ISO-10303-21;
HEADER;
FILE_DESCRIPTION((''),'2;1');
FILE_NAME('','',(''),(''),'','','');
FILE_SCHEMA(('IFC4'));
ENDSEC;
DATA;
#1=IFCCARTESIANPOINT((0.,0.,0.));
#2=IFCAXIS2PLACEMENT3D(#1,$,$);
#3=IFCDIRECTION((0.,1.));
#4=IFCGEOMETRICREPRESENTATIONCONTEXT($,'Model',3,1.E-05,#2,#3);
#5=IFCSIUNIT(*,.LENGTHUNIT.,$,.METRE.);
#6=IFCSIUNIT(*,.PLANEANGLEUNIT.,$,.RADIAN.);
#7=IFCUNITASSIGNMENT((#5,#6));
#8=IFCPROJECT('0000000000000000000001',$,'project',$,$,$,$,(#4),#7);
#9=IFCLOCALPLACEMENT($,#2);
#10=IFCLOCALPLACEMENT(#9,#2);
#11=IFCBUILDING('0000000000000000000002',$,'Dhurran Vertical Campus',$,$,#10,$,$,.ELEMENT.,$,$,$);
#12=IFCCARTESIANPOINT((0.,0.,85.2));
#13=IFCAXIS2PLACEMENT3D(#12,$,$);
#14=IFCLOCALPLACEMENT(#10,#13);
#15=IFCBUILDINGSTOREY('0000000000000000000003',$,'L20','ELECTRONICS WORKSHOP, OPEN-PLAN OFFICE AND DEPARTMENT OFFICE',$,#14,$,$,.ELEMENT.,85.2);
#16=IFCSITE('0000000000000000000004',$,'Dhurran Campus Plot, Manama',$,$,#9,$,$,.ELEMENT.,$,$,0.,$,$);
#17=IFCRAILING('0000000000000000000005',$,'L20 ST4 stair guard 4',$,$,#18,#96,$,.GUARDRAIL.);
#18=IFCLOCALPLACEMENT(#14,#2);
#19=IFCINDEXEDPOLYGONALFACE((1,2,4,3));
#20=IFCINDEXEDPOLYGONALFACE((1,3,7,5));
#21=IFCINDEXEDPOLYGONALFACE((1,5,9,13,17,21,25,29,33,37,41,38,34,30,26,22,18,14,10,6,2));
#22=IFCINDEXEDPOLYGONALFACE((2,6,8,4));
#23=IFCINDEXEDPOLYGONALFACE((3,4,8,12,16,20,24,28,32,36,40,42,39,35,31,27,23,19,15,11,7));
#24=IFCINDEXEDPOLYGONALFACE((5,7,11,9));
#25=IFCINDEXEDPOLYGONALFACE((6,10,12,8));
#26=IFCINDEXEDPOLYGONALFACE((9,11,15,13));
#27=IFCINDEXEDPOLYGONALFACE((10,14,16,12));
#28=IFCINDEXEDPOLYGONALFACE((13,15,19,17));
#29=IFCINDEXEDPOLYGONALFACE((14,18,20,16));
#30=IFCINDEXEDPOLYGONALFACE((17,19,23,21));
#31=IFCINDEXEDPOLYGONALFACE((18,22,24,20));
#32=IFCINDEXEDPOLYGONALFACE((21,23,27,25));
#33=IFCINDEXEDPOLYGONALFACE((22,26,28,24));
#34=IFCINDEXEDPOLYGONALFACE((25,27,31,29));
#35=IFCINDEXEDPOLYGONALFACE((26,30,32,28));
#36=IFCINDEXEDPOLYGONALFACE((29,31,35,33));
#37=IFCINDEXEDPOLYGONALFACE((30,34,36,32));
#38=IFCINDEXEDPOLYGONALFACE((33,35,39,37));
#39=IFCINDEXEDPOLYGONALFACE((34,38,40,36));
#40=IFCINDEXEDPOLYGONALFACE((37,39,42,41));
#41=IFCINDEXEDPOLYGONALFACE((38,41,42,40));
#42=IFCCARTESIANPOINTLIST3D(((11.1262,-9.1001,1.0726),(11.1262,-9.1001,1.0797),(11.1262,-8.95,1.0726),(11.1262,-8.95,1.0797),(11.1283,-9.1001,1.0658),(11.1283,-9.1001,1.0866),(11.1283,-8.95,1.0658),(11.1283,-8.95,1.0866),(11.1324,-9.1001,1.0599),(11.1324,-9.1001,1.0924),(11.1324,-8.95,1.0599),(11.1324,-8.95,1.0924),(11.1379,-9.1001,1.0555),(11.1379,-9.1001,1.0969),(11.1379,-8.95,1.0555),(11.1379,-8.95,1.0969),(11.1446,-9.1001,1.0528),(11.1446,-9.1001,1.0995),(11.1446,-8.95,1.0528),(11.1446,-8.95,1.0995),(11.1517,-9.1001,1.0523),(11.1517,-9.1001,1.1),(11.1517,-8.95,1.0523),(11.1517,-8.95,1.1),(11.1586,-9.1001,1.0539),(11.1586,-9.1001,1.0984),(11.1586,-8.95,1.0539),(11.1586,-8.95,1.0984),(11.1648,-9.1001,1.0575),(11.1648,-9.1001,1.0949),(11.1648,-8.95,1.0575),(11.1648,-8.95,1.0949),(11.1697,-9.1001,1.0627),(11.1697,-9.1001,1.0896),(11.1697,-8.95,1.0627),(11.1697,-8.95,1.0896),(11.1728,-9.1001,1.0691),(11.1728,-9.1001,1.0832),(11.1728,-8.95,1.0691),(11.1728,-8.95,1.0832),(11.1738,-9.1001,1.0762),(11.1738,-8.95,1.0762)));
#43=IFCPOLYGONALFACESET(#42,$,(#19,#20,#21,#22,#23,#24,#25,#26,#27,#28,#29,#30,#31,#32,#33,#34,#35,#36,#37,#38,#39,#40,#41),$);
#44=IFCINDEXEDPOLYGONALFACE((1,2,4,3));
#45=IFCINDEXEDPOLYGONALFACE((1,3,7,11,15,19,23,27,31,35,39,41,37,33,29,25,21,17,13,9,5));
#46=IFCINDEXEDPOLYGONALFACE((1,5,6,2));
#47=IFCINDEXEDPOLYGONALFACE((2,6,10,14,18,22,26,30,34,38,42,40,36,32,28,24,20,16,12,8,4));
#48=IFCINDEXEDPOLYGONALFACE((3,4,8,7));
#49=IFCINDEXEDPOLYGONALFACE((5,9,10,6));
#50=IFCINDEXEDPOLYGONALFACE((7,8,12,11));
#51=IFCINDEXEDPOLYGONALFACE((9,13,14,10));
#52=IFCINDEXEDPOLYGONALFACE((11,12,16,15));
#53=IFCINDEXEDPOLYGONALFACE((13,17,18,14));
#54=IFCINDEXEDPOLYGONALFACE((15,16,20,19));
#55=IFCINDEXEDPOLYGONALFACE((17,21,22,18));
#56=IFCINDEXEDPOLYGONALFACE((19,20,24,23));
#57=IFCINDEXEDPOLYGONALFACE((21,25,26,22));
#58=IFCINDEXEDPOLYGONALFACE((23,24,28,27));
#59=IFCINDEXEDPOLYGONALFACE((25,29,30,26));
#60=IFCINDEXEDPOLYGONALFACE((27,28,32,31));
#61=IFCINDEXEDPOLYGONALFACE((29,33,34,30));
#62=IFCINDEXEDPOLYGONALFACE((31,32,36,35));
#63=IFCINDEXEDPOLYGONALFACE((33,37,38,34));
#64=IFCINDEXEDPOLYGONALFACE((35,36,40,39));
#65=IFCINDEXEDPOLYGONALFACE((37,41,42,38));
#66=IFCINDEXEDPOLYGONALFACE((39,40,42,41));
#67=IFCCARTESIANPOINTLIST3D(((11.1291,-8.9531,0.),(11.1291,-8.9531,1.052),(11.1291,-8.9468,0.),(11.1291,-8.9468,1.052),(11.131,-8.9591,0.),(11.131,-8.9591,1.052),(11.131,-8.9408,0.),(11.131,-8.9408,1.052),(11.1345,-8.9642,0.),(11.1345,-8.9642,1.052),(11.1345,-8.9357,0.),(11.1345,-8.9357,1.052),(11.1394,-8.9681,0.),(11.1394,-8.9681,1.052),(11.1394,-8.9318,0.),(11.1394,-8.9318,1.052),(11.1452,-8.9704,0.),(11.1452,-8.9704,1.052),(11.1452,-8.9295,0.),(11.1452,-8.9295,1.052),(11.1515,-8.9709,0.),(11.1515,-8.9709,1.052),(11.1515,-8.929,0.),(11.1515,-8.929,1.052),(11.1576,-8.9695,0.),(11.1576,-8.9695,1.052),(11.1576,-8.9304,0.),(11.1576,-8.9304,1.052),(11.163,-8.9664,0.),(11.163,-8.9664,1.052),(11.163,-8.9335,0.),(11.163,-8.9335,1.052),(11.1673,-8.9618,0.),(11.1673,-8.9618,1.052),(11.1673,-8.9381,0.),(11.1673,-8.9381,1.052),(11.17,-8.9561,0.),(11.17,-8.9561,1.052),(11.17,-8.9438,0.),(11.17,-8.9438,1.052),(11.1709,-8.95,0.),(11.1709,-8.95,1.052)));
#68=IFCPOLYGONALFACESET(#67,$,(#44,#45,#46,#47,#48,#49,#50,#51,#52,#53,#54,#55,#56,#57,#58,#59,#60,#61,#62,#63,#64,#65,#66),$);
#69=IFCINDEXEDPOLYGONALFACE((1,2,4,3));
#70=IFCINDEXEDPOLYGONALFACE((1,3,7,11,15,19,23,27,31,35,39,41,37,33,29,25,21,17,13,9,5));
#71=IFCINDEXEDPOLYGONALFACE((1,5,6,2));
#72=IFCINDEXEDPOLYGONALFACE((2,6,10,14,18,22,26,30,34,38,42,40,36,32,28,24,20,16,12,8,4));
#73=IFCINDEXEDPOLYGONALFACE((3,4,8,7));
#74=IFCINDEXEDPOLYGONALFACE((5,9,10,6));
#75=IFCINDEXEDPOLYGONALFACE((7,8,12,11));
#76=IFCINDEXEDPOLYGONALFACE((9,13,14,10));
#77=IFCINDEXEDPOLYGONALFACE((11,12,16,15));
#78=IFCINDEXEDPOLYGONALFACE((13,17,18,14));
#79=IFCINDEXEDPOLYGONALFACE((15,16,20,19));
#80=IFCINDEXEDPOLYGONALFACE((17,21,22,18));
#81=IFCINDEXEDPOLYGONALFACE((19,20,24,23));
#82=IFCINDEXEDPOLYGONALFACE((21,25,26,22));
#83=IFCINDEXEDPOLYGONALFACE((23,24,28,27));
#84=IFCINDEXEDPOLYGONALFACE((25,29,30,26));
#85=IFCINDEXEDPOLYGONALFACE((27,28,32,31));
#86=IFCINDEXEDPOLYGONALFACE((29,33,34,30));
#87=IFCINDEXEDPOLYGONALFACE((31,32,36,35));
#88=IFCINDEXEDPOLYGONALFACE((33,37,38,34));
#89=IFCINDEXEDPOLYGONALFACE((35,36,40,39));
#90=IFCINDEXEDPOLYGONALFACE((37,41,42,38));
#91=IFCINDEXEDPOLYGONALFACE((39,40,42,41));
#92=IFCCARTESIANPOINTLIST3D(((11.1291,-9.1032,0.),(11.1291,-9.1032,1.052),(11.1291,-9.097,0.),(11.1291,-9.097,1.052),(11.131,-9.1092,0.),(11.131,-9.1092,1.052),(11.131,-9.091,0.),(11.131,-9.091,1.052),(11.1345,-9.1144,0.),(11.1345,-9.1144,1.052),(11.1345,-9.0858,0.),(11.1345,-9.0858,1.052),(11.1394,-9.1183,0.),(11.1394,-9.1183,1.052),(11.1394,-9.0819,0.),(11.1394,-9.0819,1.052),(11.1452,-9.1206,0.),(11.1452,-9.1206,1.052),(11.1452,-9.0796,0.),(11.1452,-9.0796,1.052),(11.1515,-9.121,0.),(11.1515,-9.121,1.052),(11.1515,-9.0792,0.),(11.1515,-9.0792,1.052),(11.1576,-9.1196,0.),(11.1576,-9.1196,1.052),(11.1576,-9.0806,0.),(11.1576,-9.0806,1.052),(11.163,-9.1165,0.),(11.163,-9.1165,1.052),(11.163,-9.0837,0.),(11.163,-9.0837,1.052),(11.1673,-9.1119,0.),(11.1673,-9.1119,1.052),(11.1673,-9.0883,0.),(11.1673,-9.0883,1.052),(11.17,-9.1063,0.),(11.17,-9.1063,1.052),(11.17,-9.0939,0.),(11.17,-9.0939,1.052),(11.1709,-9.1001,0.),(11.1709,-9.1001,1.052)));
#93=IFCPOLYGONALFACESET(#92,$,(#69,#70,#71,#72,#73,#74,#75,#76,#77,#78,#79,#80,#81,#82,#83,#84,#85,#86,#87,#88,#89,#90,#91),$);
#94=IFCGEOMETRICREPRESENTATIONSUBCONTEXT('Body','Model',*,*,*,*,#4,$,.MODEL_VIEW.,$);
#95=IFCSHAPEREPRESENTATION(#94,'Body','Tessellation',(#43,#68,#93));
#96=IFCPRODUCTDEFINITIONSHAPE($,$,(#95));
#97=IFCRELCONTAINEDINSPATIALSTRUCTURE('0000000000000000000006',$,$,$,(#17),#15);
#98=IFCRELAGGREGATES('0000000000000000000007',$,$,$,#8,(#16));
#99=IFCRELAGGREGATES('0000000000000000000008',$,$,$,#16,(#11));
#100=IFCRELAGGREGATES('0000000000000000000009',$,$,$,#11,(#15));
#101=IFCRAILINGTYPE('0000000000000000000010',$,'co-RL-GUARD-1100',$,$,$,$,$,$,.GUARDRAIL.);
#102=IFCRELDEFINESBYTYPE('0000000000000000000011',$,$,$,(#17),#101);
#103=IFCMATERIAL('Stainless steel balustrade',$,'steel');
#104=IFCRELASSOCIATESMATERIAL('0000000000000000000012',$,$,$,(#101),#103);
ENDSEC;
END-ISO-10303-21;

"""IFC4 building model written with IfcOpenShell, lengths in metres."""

from ifc_helpers import new_model, si_unit, direction, frame, origin, origin_2d, place, context, subcontext, project, spatial, circle, extrude, material, type_object, element, save


model = new_model("IFC4")

# Units and contexts
model_context = context("Model", 3, precision=1e-05, world=origin(), true_north=direction((0.0, 1.0)))
body_context = subcontext(model_context, "Body", "Model", "MODEL_VIEW")
ifc_project = project(units=[si_unit("LENGTHUNIT", "METRE"), si_unit("PLANEANGLEUNIT", "RADIAN")], contexts=[model_context])

# Site, building, storey
site_placement = place(None, origin())
site = spatial("IfcSite", under=ifc_project, at=site_placement, Name="Dhurran Campus Plot, Manama", CompositionType="ELEMENT", RefElevation=0.0)
building_placement = place(site_placement, origin())
building = spatial("IfcBuilding", under=site, at=building_placement, Name="Dhurran Vertical Campus", CompositionType="ELEMENT")
storey_placement = place(building_placement, frame((0.0, 0.0, 85.2)))
storey = spatial("IfcBuildingStorey", under=building, at=storey_placement, Name="L20", Description="ELECTRONICS WORKSHOP, OPEN-PLAN OFFICE AND DEPARTMENT OFFICE", CompositionType="ELEMENT", Elevation=85.2)

# Railing
ifc_material_1 = material(Name="Stainless steel balustrade", Category="steel")
railing_type_1 = type_object("IfcRailingType", Name="co-RL-GUARD-1100", PredefinedType="GUARDRAIL", material=ifc_material_1)
railing_1_placement = place(storey_placement, frame((11.1499, -8.95, 0.0)))
element("IfcRailing", 1, at=railing_1_placement, inside=storey, type_object=railing_type_1, Name="L20 ST4 stair guard 4", PredefinedType="GUARDRAIL", context=body_context, shape_type="SweptSolid", body=[
    extrude(circle(Radius=0.0239, at=origin_2d()), frame((0.0, 0.0, 1.0762), z_axis=(0.0, -1.0, 0.0), x_axis=(1.0, 0.0, 0.0)), (0.0, 0.0, 1.0), 0.1501),
    extrude(circle(Radius=0.021, at=origin_2d()), origin(), (0.0, 0.0, 1.0), 1.052),
    extrude(circle(Radius=0.021, at=origin_2d()), frame((0.0, -0.1501, 0.0)), (0.0, 0.0, 1.0), 1.052),
])

save(model, "model.ifc")
